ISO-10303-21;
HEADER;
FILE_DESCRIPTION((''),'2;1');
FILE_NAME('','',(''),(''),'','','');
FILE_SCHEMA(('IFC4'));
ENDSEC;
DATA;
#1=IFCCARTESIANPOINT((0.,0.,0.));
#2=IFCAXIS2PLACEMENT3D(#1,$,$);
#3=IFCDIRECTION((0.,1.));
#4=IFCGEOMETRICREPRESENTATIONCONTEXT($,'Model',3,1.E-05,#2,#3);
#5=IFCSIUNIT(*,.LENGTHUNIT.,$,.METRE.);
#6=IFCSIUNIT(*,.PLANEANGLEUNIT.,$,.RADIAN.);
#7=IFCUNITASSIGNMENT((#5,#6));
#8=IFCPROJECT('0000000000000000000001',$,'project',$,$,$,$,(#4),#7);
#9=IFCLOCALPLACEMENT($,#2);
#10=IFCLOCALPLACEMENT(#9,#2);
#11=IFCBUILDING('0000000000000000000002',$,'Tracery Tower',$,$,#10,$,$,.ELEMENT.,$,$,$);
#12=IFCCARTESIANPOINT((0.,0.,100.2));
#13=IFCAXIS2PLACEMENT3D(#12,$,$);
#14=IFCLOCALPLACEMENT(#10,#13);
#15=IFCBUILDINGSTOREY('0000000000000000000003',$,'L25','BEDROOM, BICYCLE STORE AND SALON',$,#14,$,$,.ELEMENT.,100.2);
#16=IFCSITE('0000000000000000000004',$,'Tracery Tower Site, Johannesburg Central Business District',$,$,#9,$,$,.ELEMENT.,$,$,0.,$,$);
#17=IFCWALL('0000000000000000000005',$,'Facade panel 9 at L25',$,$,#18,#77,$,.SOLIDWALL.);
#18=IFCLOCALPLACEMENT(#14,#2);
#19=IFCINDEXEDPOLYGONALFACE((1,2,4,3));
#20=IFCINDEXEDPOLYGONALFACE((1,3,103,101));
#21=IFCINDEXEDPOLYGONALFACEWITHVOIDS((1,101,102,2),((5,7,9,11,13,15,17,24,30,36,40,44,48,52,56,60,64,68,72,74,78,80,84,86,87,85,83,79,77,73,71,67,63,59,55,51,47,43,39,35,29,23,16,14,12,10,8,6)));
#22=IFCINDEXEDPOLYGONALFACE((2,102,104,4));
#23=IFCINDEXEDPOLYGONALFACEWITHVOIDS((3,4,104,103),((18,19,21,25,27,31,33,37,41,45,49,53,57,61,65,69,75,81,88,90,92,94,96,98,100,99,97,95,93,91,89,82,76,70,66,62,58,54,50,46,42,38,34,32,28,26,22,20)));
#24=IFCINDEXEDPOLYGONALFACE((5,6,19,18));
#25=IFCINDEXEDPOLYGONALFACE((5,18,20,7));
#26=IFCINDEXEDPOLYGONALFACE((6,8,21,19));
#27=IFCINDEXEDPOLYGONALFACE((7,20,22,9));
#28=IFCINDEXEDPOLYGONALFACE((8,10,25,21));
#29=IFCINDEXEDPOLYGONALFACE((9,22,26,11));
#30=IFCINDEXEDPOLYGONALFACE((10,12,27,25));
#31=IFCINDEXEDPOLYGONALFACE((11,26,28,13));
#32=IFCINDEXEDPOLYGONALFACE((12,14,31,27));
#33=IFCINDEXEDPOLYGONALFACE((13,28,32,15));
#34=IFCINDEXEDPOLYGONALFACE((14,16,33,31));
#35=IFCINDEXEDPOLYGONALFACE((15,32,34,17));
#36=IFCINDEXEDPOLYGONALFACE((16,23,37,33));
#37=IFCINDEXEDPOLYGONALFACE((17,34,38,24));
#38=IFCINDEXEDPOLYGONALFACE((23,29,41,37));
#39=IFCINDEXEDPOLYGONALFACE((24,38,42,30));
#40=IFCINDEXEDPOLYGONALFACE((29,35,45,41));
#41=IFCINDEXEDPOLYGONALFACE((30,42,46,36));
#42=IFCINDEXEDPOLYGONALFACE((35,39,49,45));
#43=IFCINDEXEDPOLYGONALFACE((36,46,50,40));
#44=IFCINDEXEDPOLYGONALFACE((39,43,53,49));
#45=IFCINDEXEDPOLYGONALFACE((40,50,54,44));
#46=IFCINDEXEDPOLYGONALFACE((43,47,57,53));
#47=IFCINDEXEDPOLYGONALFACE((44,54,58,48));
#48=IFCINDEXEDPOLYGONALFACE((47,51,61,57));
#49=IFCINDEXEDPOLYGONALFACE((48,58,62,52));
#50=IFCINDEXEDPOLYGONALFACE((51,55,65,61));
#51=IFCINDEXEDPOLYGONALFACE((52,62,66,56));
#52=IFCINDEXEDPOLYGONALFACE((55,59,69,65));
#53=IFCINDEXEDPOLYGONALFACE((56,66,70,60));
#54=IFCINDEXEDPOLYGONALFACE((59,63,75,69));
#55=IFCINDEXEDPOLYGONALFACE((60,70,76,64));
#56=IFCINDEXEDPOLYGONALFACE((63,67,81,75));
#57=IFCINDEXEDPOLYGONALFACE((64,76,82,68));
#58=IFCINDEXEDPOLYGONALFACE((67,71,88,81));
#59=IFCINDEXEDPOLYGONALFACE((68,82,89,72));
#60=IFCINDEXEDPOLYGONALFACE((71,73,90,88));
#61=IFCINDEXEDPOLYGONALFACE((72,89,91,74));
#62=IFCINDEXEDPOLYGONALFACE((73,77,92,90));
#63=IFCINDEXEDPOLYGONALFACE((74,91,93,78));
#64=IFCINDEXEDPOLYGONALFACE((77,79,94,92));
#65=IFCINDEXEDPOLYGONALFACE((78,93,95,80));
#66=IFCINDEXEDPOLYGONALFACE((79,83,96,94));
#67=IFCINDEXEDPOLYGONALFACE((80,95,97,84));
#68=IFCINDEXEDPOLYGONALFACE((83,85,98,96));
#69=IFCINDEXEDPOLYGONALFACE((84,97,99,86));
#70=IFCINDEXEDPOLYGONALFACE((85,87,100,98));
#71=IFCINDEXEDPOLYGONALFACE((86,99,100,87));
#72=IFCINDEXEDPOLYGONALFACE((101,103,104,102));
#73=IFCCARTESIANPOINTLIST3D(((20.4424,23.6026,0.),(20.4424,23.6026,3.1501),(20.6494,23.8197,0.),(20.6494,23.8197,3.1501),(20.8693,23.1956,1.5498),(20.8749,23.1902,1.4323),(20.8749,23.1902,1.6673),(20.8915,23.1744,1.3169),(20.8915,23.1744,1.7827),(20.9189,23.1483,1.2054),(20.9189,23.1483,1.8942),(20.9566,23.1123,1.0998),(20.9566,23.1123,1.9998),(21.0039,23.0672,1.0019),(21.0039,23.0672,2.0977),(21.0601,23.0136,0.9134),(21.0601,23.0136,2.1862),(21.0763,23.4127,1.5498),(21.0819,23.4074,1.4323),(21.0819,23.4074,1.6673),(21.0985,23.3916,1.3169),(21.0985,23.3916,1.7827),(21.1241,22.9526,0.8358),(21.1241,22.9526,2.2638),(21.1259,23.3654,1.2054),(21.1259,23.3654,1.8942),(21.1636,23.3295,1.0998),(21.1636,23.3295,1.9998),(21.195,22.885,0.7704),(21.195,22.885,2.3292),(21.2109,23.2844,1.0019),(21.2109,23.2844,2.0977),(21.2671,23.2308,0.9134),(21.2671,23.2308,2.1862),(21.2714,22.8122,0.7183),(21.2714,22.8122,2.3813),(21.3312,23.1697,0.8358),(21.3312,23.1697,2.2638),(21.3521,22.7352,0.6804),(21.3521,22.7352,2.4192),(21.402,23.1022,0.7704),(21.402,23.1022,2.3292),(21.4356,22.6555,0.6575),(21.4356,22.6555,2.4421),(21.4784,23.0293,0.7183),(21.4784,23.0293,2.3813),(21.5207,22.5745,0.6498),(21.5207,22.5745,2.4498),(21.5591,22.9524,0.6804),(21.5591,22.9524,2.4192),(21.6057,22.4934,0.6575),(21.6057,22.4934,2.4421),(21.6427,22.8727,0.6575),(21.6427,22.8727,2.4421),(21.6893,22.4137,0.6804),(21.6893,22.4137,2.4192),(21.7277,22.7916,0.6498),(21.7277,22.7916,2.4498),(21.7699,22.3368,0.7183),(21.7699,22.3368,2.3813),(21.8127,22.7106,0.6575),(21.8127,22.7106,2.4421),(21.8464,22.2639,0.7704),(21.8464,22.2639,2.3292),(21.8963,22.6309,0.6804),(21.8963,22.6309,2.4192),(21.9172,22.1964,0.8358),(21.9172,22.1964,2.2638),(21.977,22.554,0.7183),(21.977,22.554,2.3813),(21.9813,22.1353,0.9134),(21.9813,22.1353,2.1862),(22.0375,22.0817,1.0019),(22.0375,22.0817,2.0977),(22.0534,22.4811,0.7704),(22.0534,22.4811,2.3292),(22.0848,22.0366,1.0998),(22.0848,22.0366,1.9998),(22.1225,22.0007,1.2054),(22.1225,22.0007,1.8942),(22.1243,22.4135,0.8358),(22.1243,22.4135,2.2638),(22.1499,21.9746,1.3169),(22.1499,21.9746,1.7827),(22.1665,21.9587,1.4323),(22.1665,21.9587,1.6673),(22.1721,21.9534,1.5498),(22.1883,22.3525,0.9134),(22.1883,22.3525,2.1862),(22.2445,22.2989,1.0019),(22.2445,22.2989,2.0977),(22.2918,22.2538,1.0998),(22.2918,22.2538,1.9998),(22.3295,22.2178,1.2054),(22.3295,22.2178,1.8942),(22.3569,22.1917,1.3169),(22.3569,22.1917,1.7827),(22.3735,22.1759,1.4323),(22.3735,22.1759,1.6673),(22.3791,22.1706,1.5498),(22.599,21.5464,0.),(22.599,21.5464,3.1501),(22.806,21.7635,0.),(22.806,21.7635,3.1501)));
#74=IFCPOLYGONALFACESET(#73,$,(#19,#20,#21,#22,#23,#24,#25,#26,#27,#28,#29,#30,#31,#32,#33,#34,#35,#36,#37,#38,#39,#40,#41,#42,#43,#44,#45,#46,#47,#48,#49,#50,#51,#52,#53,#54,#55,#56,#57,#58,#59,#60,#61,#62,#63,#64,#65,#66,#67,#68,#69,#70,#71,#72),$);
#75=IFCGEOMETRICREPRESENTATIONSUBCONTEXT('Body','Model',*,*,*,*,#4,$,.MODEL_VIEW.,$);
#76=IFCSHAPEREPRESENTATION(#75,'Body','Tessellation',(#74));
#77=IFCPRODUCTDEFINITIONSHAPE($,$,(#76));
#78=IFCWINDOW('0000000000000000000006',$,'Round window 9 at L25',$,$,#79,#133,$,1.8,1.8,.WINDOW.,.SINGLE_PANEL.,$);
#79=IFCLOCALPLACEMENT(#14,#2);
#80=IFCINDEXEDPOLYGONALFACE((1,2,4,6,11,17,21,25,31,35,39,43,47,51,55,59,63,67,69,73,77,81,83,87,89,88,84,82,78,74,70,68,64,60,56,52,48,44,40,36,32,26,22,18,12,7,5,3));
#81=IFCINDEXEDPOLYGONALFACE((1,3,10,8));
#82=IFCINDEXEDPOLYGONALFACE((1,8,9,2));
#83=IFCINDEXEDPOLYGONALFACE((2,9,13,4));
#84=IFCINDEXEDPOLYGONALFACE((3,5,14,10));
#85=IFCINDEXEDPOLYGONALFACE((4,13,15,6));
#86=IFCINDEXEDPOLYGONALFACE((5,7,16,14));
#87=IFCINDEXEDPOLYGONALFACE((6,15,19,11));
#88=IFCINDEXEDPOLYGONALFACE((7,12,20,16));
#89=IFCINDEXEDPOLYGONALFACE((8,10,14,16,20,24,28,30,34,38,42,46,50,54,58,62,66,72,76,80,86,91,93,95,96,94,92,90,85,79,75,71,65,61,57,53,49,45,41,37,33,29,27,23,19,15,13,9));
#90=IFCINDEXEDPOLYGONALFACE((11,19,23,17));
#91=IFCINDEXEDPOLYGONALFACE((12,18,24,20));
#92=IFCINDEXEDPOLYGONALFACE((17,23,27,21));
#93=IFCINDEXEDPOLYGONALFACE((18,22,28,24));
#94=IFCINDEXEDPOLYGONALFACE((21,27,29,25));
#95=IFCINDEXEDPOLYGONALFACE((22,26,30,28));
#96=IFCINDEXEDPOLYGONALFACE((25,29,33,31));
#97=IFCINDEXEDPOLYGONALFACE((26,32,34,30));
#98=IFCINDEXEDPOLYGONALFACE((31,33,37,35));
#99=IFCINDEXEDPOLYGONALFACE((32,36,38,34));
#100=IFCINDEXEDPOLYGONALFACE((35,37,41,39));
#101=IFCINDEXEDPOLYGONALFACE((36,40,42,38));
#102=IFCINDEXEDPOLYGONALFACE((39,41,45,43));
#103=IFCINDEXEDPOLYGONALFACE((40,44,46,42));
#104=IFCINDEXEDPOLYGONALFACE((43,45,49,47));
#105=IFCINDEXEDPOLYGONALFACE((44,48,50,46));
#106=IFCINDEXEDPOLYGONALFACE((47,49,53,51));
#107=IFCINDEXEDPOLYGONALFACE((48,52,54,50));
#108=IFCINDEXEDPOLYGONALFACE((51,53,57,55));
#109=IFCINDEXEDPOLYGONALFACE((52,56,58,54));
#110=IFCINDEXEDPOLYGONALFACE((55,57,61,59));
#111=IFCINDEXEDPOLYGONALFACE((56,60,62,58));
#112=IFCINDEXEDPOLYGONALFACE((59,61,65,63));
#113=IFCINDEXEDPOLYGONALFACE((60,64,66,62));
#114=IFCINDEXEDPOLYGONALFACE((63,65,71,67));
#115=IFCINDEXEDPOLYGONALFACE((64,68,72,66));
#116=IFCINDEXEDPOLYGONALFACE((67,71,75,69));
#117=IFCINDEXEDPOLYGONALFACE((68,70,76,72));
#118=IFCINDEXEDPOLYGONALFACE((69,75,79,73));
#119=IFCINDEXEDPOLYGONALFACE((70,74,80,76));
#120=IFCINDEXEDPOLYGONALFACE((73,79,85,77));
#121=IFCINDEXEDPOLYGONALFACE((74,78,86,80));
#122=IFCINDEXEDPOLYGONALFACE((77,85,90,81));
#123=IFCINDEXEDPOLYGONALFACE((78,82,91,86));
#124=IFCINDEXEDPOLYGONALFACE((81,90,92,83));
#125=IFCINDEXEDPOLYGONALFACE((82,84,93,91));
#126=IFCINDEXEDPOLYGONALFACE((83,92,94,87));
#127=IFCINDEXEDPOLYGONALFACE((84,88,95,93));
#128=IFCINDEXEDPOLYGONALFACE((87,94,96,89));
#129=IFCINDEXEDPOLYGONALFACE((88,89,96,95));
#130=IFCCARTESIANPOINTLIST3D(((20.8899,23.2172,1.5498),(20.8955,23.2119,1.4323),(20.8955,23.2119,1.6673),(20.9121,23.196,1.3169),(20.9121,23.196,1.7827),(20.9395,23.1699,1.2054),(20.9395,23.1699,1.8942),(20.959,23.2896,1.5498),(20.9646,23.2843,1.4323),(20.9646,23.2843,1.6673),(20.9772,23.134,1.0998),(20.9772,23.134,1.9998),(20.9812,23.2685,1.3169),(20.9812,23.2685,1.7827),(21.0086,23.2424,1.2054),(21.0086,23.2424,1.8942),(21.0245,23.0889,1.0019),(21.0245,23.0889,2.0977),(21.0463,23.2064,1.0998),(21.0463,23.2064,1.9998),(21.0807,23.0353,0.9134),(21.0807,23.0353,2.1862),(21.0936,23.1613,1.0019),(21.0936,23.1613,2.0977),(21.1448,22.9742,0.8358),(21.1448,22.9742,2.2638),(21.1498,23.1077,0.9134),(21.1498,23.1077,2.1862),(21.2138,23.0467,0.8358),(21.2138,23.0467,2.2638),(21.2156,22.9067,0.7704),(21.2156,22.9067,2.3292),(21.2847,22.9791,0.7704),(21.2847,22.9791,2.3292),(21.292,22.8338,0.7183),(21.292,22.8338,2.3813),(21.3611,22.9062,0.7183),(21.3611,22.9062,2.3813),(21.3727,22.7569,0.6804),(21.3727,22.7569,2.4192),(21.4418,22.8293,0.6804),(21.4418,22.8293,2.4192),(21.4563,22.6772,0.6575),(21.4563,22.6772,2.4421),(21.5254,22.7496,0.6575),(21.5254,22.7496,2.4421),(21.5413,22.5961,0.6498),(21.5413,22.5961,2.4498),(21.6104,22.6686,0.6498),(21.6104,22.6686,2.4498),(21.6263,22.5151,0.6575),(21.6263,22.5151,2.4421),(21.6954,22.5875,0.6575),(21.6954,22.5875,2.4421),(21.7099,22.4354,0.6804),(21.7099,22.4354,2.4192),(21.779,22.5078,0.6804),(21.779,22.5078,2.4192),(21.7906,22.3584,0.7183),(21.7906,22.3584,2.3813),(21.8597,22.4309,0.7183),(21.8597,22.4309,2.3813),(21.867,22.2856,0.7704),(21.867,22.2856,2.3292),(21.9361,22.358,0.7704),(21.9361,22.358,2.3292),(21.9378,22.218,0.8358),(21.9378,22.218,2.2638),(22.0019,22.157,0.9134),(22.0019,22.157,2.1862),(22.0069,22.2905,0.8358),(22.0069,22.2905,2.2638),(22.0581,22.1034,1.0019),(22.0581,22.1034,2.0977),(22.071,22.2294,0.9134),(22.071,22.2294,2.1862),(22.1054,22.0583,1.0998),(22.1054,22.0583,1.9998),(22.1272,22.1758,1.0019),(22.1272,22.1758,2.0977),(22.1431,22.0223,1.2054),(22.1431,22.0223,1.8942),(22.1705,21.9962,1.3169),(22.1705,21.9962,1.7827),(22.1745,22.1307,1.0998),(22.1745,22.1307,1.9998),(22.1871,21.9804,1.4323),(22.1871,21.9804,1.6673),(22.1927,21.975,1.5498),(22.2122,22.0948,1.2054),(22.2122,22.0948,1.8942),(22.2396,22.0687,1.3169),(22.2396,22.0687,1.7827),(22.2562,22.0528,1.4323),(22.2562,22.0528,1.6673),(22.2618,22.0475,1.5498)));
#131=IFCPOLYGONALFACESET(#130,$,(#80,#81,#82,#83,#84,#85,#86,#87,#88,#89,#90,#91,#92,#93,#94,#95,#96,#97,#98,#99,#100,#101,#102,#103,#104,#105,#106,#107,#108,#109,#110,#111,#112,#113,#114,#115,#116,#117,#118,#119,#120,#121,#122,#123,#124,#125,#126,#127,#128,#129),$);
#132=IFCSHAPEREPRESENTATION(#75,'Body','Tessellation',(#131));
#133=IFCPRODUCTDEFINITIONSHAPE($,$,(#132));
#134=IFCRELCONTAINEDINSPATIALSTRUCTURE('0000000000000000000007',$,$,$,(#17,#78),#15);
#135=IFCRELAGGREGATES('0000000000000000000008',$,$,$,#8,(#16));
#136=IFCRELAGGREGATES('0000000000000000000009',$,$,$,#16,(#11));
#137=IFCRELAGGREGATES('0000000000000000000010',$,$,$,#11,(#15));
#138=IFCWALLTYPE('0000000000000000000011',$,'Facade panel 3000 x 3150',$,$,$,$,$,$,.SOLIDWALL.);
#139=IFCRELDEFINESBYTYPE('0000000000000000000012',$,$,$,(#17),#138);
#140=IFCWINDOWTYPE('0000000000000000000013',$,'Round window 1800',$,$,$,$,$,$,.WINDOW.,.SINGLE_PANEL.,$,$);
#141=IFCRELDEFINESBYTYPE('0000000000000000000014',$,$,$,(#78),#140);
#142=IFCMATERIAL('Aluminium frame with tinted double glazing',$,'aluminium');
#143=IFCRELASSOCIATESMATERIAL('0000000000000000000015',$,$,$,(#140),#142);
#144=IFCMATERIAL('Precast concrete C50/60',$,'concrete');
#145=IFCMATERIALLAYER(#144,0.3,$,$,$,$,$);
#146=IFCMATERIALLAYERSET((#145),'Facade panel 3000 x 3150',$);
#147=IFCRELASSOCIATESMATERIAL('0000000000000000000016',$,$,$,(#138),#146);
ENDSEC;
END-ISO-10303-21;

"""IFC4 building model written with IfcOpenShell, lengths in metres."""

from ifc_helpers import new_model, si_unit, direction, frame, frame_2d, origin, origin_2d, place, context, subcontext, project, spatial, rectangle, circle, extrude, material, layer, layer_set, type_object, element, fill, save


model = new_model("IFC4")

# Units and contexts
model_context = context("Model", 3, precision=1e-05, world=origin(), true_north=direction((0.0, 1.0)))
body_context = subcontext(model_context, "Body", "Model", "MODEL_VIEW")
ifc_project = project(units=[si_unit("LENGTHUNIT", "METRE"), si_unit("PLANEANGLEUNIT", "RADIAN")], contexts=[model_context])

# Site, building, storey
site_placement = place(None, origin())
site = spatial("IfcSite", under=ifc_project, at=site_placement, Name="Tracery Tower Site, Johannesburg Central Business District", CompositionType="ELEMENT", RefElevation=0.0)
building_placement = place(site_placement, origin())
building = spatial("IfcBuilding", under=site, at=building_placement, Name="Tracery Tower", CompositionType="ELEMENT")
storey_placement = place(building_placement, frame((0.0, 0.0, 100.2)))
storey = spatial("IfcBuildingStorey", under=building, at=storey_placement, Name="L25", Description="BEDROOM, BICYCLE STORE AND SALON", CompositionType="ELEMENT", Elevation=100.2)

# Wall, opening, window
ifc_material_1 = material(Name="Aluminium frame with tinted double glazing", Category="aluminium")
window_type = type_object("IfcWindowType", Name="Round window 1800", PartitioningType="SINGLE_PANEL", PredefinedType="WINDOW", material=ifc_material_1)
ifc_material_2 = material(Name="Precast concrete C50/60", Category="concrete")
ifc_layer_1 = layer(ifc_material_2, 0.3)
ifc_layer_set_1 = layer_set([ifc_layer_1], Name="Facade panel 3000 x 3150")
wall_type_1 = type_object("IfcWallType", Name="Facade panel 3000 x 3150", PredefinedType="SOLIDWALL", material=ifc_layer_set_1)
wall_1_placement = place(storey_placement, frame((22.7024, 21.655, 0.0), z_axis=(0.0, 0.0, 1.0), x_axis=(-0.723744, 0.690068, 0.0)))
wall_1 = element("IfcWall", 1, at=wall_1_placement, inside=storey, type_object=wall_type_1, Name="Facade panel 9 at L25", PredefinedType="SOLIDWALL", context=body_context, shape_type="SweptSolid", body=[
    extrude(rectangle(XDim=2.9797, YDim=0.3, at=frame_2d((1.4897, 0.0))), origin(), (0.0, 0.0, 1.0), 3.1501),
])
opening_1_placement = place(wall_1_placement, frame((1.4897, 0.0, 1.5498)))
opening_1 = element("IfcOpeningElement", 2, at=opening_1_placement, cuts=wall_1, PredefinedType="OPENING", context=body_context, shape_type="SweptSolid", body=[
    extrude(circle(Radius=0.9, at=origin_2d()), frame((0.0, 0.1599, 0.0), z_axis=(0.0, -1.0, 0.0), x_axis=(1.0, 0.0, 0.0)), (0.0, 0.0, 1.0), 0.3201),
])
window_1_placement = place(opening_1_placement, origin())
window_1 = element("IfcWindow", 3, at=window_1_placement, inside=storey, type_object=window_type, Name="Round window 9 at L25", OverallHeight=1.8, OverallWidth=1.8, PartitioningType="SINGLE_PANEL", PredefinedType="WINDOW", context=body_context, shape_type="SweptSolid", body=[
    extrude(circle(Radius=0.9, at=origin_2d()), frame((0.0, 0.1201, 0.0), z_axis=(0.0, -1.0, 0.0), x_axis=(1.0, 0.0, 0.0)), (0.0, 0.0, 1.0), 0.1001),
])
fill(opening_1, window_1)

save(model, "model.ifc")
